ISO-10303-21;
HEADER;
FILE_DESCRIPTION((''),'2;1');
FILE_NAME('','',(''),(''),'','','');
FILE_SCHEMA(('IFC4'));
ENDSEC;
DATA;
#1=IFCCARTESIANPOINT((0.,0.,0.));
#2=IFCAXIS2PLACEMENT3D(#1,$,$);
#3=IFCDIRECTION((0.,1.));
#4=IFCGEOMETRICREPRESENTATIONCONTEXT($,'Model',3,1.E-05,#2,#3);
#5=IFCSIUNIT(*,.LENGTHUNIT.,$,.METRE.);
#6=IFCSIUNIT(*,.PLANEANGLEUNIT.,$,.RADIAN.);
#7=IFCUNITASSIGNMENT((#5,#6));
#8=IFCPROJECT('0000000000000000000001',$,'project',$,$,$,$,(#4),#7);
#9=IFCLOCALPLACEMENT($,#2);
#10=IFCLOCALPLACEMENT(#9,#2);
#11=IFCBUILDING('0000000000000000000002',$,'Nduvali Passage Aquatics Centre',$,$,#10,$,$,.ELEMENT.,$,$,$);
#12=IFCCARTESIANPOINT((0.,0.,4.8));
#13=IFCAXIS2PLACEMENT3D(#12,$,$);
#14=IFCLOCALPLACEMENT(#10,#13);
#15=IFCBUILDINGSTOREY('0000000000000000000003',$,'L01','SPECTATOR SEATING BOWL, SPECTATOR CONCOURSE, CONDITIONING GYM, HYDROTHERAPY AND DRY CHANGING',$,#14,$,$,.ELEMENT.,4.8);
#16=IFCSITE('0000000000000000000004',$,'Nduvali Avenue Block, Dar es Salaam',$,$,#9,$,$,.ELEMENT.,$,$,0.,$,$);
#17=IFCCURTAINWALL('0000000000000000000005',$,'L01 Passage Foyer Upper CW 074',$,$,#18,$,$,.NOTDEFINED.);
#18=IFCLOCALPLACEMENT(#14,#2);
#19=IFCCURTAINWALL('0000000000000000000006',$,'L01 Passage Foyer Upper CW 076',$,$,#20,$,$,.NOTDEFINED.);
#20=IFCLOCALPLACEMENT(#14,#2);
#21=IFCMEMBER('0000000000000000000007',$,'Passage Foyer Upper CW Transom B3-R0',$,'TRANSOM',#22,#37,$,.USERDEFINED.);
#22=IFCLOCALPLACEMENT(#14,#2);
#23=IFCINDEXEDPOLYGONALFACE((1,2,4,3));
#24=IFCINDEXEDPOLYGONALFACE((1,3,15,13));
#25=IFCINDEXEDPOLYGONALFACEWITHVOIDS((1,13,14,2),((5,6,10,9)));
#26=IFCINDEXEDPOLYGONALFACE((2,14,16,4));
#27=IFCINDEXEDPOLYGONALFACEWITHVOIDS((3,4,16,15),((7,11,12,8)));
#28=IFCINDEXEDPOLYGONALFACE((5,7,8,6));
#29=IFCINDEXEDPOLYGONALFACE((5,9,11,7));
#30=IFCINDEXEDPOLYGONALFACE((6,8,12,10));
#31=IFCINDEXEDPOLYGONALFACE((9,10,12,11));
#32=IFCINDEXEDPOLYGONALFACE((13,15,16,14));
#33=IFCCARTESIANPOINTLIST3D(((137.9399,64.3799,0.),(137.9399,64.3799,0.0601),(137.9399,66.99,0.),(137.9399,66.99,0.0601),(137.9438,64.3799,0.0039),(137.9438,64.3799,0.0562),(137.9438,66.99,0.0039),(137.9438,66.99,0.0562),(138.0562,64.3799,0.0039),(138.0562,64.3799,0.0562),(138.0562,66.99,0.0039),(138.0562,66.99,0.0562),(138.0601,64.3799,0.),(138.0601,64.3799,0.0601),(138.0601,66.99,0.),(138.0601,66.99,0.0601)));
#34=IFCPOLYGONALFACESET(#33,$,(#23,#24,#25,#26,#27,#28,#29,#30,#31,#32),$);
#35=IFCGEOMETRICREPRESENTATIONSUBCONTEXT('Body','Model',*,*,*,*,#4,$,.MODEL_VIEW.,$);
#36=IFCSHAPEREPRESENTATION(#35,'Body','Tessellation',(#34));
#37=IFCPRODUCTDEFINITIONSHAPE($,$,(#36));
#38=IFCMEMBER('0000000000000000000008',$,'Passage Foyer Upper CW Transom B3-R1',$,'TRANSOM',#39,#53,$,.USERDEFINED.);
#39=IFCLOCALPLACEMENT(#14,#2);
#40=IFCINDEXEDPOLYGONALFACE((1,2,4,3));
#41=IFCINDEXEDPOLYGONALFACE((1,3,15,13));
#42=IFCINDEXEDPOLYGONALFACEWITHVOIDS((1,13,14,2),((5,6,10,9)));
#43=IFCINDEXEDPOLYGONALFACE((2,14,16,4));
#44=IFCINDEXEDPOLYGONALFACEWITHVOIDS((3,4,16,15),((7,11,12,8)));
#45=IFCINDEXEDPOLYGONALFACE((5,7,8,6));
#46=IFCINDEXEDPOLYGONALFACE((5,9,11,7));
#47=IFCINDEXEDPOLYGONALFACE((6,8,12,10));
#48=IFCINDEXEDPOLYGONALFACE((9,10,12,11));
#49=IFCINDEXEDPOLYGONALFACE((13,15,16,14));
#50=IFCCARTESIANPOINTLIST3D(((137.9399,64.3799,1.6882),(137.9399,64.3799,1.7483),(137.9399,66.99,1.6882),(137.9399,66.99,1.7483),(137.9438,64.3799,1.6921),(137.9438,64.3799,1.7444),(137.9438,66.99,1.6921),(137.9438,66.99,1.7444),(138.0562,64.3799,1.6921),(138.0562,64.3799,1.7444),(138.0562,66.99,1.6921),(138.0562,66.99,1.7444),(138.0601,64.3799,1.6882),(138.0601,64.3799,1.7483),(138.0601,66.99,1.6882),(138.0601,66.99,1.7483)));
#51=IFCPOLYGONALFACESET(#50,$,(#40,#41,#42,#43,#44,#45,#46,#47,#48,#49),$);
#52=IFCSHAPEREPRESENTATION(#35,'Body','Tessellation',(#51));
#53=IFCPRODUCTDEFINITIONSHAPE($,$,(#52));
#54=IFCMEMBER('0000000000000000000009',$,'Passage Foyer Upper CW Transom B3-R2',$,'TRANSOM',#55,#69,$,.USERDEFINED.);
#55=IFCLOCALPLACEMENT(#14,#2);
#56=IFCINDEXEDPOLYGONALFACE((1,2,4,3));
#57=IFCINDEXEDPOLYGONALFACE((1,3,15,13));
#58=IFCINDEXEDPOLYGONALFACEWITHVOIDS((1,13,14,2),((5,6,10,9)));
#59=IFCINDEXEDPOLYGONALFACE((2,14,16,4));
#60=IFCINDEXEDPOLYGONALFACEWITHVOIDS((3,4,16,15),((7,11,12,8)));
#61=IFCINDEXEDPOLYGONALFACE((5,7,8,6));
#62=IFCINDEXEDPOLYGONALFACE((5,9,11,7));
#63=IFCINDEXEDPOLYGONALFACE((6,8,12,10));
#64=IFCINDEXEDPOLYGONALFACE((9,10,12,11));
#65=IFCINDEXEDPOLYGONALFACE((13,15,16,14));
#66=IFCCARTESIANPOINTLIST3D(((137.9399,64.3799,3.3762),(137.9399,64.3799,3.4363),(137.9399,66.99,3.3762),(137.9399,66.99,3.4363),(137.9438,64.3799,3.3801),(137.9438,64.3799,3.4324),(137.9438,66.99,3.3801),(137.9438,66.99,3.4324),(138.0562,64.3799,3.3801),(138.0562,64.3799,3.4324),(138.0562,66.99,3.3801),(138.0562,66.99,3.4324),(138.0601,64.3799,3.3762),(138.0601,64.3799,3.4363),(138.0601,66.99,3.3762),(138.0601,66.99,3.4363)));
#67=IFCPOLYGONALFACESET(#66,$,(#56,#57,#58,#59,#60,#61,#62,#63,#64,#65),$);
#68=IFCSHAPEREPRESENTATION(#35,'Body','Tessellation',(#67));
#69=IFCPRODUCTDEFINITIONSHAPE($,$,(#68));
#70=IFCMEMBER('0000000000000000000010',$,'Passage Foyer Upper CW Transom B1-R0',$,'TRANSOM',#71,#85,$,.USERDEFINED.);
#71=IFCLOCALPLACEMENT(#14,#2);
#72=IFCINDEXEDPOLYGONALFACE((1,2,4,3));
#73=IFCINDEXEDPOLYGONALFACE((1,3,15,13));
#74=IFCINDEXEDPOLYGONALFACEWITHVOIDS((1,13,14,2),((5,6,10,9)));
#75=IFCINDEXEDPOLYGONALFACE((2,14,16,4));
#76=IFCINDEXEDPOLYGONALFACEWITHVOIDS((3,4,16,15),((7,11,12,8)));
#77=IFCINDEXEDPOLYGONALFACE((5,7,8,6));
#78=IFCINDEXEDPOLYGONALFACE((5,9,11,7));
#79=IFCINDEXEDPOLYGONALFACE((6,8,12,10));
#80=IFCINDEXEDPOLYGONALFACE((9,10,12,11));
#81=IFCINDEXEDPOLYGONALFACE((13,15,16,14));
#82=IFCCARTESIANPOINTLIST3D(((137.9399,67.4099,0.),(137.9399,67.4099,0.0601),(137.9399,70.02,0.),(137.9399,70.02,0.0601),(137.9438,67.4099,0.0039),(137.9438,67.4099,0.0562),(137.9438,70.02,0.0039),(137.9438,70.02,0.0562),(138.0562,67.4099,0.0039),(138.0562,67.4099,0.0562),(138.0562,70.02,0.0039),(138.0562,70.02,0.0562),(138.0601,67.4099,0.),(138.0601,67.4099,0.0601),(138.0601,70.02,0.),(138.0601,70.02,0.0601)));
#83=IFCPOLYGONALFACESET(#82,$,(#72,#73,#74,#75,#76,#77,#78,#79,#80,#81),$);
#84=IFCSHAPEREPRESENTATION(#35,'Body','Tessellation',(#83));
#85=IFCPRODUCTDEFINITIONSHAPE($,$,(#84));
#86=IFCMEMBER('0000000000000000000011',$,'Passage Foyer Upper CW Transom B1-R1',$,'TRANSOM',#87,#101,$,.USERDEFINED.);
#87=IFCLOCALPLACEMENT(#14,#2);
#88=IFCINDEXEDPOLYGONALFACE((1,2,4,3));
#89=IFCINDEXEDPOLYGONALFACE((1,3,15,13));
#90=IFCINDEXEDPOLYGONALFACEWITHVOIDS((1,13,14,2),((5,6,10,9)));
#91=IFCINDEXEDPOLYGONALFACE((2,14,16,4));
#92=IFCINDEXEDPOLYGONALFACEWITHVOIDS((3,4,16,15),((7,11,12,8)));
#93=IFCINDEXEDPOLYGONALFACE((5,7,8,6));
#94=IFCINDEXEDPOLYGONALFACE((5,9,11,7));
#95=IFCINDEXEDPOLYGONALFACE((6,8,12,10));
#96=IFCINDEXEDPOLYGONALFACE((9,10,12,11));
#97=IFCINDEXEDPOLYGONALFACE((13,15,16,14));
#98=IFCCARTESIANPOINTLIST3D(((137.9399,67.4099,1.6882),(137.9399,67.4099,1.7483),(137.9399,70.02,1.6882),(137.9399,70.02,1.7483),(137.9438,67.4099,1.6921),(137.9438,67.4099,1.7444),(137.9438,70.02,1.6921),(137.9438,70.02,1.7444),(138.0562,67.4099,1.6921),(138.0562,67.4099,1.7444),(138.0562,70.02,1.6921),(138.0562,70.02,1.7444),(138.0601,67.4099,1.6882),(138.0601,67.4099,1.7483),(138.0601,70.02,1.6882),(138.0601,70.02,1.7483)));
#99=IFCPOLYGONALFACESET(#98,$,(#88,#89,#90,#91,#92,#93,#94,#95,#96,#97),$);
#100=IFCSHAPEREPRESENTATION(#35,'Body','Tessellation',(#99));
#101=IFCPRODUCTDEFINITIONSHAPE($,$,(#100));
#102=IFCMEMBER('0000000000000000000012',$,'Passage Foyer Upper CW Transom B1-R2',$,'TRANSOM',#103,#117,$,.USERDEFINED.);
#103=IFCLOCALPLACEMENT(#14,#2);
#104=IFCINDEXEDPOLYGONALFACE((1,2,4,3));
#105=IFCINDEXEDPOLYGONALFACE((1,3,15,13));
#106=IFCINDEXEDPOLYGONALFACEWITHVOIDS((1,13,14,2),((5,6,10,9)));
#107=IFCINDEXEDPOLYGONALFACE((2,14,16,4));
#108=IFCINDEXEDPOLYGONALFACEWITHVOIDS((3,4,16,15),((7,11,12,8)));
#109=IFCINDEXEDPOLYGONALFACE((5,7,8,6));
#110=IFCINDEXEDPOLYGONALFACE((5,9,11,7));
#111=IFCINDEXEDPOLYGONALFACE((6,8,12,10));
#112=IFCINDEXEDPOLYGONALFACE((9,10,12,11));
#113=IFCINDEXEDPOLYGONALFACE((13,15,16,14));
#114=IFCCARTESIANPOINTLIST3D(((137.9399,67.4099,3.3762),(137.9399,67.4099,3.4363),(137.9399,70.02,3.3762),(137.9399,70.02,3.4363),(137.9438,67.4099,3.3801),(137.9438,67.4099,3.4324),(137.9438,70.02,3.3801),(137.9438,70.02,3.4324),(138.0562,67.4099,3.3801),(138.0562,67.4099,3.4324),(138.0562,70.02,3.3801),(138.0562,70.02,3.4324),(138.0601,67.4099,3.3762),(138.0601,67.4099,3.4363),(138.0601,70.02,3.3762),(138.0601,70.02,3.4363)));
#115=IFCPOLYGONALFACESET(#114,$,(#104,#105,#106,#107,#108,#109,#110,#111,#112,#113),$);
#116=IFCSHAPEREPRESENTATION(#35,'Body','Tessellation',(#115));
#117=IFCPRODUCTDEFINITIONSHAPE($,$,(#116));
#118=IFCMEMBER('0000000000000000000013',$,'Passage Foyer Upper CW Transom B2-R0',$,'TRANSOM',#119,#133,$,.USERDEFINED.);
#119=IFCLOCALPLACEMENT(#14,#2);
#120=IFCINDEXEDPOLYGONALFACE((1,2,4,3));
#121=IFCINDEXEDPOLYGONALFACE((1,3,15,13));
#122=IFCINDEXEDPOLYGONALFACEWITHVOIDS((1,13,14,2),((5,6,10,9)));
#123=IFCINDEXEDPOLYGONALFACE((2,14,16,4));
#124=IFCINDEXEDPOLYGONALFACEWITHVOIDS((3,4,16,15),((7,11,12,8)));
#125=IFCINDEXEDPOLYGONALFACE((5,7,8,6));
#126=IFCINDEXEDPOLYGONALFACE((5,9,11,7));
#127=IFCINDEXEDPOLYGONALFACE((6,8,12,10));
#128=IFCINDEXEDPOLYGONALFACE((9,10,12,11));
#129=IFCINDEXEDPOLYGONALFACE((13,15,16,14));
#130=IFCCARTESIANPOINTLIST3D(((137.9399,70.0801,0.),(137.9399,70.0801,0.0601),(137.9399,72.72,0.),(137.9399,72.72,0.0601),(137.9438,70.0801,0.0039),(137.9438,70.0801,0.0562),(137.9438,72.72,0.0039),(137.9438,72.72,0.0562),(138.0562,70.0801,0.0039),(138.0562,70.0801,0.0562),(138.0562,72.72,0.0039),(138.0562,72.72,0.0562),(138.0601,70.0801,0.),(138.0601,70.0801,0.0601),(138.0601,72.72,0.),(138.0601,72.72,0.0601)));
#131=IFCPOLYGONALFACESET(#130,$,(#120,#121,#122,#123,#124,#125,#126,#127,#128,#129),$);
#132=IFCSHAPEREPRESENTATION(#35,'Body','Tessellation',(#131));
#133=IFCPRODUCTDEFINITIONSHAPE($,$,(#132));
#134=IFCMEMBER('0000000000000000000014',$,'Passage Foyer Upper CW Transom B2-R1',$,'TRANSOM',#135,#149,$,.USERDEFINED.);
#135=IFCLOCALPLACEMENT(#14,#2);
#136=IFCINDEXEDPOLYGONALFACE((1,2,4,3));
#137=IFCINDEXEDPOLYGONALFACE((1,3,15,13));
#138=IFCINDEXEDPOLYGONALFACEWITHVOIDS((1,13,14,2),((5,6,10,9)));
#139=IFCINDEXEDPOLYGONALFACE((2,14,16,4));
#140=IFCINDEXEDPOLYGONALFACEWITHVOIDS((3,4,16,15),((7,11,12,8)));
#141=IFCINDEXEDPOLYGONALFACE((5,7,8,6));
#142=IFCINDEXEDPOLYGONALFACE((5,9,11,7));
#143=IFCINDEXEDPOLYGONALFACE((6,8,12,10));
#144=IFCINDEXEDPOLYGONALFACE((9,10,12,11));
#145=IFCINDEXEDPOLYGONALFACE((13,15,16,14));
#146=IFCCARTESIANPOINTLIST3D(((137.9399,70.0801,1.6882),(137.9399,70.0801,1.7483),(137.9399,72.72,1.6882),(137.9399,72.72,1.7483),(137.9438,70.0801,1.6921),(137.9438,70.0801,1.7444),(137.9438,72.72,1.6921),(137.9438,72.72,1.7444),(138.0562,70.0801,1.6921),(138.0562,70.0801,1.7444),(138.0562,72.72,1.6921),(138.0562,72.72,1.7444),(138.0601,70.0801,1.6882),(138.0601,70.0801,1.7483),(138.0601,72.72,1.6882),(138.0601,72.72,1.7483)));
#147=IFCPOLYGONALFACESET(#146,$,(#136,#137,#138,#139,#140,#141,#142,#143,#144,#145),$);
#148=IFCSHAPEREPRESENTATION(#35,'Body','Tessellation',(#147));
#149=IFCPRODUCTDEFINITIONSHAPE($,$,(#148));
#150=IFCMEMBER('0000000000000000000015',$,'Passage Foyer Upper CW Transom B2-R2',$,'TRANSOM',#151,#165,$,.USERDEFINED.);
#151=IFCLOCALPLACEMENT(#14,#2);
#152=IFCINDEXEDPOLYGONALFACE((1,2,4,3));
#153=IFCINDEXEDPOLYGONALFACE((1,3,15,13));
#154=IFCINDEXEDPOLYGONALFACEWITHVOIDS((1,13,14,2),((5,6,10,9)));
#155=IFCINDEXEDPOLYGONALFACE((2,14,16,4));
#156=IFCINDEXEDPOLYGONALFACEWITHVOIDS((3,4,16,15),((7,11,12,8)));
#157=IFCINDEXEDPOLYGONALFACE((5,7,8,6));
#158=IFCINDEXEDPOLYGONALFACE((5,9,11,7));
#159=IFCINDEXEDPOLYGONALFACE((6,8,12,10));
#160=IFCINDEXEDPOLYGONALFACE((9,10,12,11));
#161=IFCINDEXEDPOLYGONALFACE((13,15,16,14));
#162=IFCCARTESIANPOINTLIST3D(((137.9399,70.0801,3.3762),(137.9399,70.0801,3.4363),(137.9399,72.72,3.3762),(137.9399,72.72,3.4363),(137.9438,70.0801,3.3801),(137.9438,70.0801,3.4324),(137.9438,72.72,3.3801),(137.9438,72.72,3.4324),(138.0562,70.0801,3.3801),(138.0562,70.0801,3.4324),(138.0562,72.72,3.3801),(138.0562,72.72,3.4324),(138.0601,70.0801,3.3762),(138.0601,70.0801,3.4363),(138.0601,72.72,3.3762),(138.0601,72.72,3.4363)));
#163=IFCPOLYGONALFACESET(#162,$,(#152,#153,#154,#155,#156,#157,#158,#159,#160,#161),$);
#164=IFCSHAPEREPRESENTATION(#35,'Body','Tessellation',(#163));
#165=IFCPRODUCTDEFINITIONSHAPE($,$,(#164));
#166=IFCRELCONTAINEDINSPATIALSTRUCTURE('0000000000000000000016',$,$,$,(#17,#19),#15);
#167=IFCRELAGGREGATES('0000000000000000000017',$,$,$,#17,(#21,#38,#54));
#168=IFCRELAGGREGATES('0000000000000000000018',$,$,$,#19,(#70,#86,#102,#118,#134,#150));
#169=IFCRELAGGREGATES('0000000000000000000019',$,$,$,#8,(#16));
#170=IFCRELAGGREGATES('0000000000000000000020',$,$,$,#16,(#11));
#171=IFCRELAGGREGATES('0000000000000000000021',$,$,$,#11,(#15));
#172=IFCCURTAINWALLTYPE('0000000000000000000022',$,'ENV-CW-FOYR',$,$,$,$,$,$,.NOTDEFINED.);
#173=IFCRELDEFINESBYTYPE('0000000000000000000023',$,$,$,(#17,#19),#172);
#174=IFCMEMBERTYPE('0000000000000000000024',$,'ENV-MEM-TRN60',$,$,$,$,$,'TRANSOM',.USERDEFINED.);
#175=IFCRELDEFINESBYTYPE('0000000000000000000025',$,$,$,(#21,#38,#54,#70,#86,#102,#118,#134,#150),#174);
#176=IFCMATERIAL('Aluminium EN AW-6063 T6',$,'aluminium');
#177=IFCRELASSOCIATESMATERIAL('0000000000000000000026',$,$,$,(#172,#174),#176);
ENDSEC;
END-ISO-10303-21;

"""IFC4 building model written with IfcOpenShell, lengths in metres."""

from ifc_helpers import new_model, si_unit, direction, frame, origin, origin_2d, place, context, subcontext, project, spatial, hollow_rectangle, extrude, material, material_profile, profile_set, type_object, element, aggregate, save


model = new_model("IFC4")

# Units and contexts
model_context = context("Model", 3, precision=1e-05, world=origin(), true_north=direction((0.0, 1.0)))
body_context = subcontext(model_context, "Body", "Model", "MODEL_VIEW")
ifc_project = project(units=[si_unit("LENGTHUNIT", "METRE"), si_unit("PLANEANGLEUNIT", "RADIAN")], contexts=[model_context])

# Site, building, storey
site_placement = place(None, origin())
site = spatial("IfcSite", under=ifc_project, at=site_placement, Name="Nduvali Avenue Block, Dar es Salaam", CompositionType="ELEMENT", RefElevation=0.0)
building_placement = place(site_placement, origin())
building = spatial("IfcBuilding", under=site, at=building_placement, Name="Nduvali Passage Aquatics Centre", CompositionType="ELEMENT")
storey_placement = place(building_placement, frame((0.0, 0.0, 4.8)))
storey = spatial("IfcBuildingStorey", under=building, at=storey_placement, Name="L01", Description="SPECTATOR SEATING BOWL, SPECTATOR CONCOURSE, CONDITIONING GYM, HYDROTHERAPY AND DRY CHANGING", CompositionType="ELEMENT", Elevation=4.8)

# Curtain walls
ifc_material_1 = material(Name="Aluminium EN AW-6063 T6", Category="aluminium")
curtain_wall_type = type_object("IfcCurtainWallType", Name="ENV-CW-FOYR", PredefinedType="NOTDEFINED", material=ifc_material_1)
curtain_wall_1_placement = place(storey_placement, origin())
curtain_wall_1 = element("IfcCurtainWall", 1, at=curtain_wall_1_placement, inside=storey, type_object=curtain_wall_type, Name="L01 Passage Foyer Upper CW 074", PredefinedType="NOTDEFINED")
curtain_wall_2_placement = place(storey_placement, origin())
curtain_wall_2 = element("IfcCurtainWall", 2, at=curtain_wall_2_placement, inside=storey, type_object=curtain_wall_type, Name="L01 Passage Foyer Upper CW 076", PredefinedType="NOTDEFINED")

# Members
ifc_material_profile_1 = material_profile(ifc_material_1, hollow_rectangle(XDim=0.1201, YDim=0.0601, WallThickness=0.0039, at=origin_2d()), Name="ALU TRANSOM 120x60x4")
ifc_profile_set_1 = profile_set([ifc_material_profile_1], Name="Aluminium EN AW-6063 T6")
member_type_1 = type_object("IfcMemberType", Name="ENV-MEM-TRN60", ElementType="TRANSOM", PredefinedType="USERDEFINED", material=ifc_profile_set_1)
member_1_placement = place(storey_placement, frame((138.0, 64.3799, 0.03), z_axis=(0.0, 1.0, 0.0), x_axis=(-1.0, 0.0, 0.0)))
member_1 = element("IfcMember", 3, at=member_1_placement, type_object=member_type_1, Name="Passage Foyer Upper CW Transom B3-R0", ObjectType="TRANSOM", PredefinedType="USERDEFINED", context=body_context, shape_type="SweptSolid", body=[
    extrude(hollow_rectangle(XDim=0.1201, YDim=0.0601, WallThickness=0.0039, at=origin_2d()), origin(), (0.0, 0.0, 1.0), 2.6101),
])
member_2_placement = place(storey_placement, frame((138.0, 64.3799, 1.7183), z_axis=(0.0, 1.0, 0.0), x_axis=(-1.0, 0.0, 0.0)))
member_2 = element("IfcMember", 4, at=member_2_placement, type_object=member_type_1, Name="Passage Foyer Upper CW Transom B3-R1", ObjectType="TRANSOM", PredefinedType="USERDEFINED", context=body_context, shape_type="SweptSolid", body=[
    extrude(hollow_rectangle(XDim=0.1201, YDim=0.0601, WallThickness=0.0039, at=origin_2d()), origin(), (0.0, 0.0, 1.0), 2.6101),
])
member_3_placement = place(storey_placement, frame((138.0, 64.3799, 3.4062), z_axis=(0.0, 1.0, 0.0), x_axis=(-1.0, 0.0, 0.0)))
member_3 = element("IfcMember", 5, at=member_3_placement, type_object=member_type_1, Name="Passage Foyer Upper CW Transom B3-R2", ObjectType="TRANSOM", PredefinedType="USERDEFINED", context=body_context, shape_type="SweptSolid", body=[
    extrude(hollow_rectangle(XDim=0.1201, YDim=0.0601, WallThickness=0.0039, at=origin_2d()), origin(), (0.0, 0.0, 1.0), 2.6101),
])
member_4_placement = place(storey_placement, frame((138.0, 67.4099, 0.03), z_axis=(0.0, 1.0, 0.0), x_axis=(-1.0, 0.0, 0.0)))
member_4 = element("IfcMember", 6, at=member_4_placement, type_object=member_type_1, Name="Passage Foyer Upper CW Transom B1-R0", ObjectType="TRANSOM", PredefinedType="USERDEFINED", context=body_context, shape_type="SweptSolid", body=[
    extrude(hollow_rectangle(XDim=0.1201, YDim=0.0601, WallThickness=0.0039, at=origin_2d()), origin(), (0.0, 0.0, 1.0), 2.6101),
])
member_5_placement = place(storey_placement, frame((138.0, 67.4099, 1.7183), z_axis=(0.0, 1.0, 0.0), x_axis=(-1.0, 0.0, 0.0)))
member_5 = element("IfcMember", 7, at=member_5_placement, type_object=member_type_1, Name="Passage Foyer Upper CW Transom B1-R1", ObjectType="TRANSOM", PredefinedType="USERDEFINED", context=body_context, shape_type="SweptSolid", body=[
    extrude(hollow_rectangle(XDim=0.1201, YDim=0.0601, WallThickness=0.0039, at=origin_2d()), origin(), (0.0, 0.0, 1.0), 2.6101),
])
member_6_placement = place(storey_placement, frame((138.0, 67.4099, 3.4062), z_axis=(0.0, 1.0, 0.0), x_axis=(-1.0, 0.0, 0.0)))
member_6 = element("IfcMember", 8, at=member_6_placement, type_object=member_type_1, Name="Passage Foyer Upper CW Transom B1-R2", ObjectType="TRANSOM", PredefinedType="USERDEFINED", context=body_context, shape_type="SweptSolid", body=[
    extrude(hollow_rectangle(XDim=0.1201, YDim=0.0601, WallThickness=0.0039, at=origin_2d()), origin(), (0.0, 0.0, 1.0), 2.6101),
])
member_7_placement = place(storey_placement, frame((138.0, 70.0801, 0.03), z_axis=(0.0, 1.0, 0.0), x_axis=(-1.0, 0.0, 0.0)))
member_7 = element("IfcMember", 9, at=member_7_placement, type_object=member_type_1, Name="Passage Foyer Upper CW Transom B2-R0", ObjectType="TRANSOM", PredefinedType="USERDEFINED", context=body_context, shape_type="SweptSolid", body=[
    extrude(hollow_rectangle(XDim=0.1201, YDim=0.0601, WallThickness=0.0039, at=origin_2d()), origin(), (0.0, 0.0, 1.0), 2.6399),
])
member_8_placement = place(storey_placement, frame((138.0, 70.0801, 1.7183), z_axis=(0.0, 1.0, 0.0), x_axis=(-1.0, 0.0, 0.0)))
member_8 = element("IfcMember", 10, at=member_8_placement, type_object=member_type_1, Name="Passage Foyer Upper CW Transom B2-R1", ObjectType="TRANSOM", PredefinedType="USERDEFINED", context=body_context, shape_type="SweptSolid", body=[
    extrude(hollow_rectangle(XDim=0.1201, YDim=0.0601, WallThickness=0.0039, at=origin_2d()), origin(), (0.0, 0.0, 1.0), 2.6399),
])
member_9_placement = place(storey_placement, frame((138.0, 70.0801, 3.4062), z_axis=(0.0, 1.0, 0.0), x_axis=(-1.0, 0.0, 0.0)))
member_9 = element("IfcMember", 11, at=member_9_placement, type_object=member_type_1, Name="Passage Foyer Upper CW Transom B2-R2", ObjectType="TRANSOM", PredefinedType="USERDEFINED", context=body_context, shape_type="SweptSolid", body=[
    extrude(hollow_rectangle(XDim=0.1201, YDim=0.0601, WallThickness=0.0039, at=origin_2d()), origin(), (0.0, 0.0, 1.0), 2.6399),
])

aggregate(curtain_wall_1, [member_1, member_2, member_3])
aggregate(curtain_wall_2, [member_4, member_5, member_6, member_7, member_8, member_9])

save(model, "model.ifc")
